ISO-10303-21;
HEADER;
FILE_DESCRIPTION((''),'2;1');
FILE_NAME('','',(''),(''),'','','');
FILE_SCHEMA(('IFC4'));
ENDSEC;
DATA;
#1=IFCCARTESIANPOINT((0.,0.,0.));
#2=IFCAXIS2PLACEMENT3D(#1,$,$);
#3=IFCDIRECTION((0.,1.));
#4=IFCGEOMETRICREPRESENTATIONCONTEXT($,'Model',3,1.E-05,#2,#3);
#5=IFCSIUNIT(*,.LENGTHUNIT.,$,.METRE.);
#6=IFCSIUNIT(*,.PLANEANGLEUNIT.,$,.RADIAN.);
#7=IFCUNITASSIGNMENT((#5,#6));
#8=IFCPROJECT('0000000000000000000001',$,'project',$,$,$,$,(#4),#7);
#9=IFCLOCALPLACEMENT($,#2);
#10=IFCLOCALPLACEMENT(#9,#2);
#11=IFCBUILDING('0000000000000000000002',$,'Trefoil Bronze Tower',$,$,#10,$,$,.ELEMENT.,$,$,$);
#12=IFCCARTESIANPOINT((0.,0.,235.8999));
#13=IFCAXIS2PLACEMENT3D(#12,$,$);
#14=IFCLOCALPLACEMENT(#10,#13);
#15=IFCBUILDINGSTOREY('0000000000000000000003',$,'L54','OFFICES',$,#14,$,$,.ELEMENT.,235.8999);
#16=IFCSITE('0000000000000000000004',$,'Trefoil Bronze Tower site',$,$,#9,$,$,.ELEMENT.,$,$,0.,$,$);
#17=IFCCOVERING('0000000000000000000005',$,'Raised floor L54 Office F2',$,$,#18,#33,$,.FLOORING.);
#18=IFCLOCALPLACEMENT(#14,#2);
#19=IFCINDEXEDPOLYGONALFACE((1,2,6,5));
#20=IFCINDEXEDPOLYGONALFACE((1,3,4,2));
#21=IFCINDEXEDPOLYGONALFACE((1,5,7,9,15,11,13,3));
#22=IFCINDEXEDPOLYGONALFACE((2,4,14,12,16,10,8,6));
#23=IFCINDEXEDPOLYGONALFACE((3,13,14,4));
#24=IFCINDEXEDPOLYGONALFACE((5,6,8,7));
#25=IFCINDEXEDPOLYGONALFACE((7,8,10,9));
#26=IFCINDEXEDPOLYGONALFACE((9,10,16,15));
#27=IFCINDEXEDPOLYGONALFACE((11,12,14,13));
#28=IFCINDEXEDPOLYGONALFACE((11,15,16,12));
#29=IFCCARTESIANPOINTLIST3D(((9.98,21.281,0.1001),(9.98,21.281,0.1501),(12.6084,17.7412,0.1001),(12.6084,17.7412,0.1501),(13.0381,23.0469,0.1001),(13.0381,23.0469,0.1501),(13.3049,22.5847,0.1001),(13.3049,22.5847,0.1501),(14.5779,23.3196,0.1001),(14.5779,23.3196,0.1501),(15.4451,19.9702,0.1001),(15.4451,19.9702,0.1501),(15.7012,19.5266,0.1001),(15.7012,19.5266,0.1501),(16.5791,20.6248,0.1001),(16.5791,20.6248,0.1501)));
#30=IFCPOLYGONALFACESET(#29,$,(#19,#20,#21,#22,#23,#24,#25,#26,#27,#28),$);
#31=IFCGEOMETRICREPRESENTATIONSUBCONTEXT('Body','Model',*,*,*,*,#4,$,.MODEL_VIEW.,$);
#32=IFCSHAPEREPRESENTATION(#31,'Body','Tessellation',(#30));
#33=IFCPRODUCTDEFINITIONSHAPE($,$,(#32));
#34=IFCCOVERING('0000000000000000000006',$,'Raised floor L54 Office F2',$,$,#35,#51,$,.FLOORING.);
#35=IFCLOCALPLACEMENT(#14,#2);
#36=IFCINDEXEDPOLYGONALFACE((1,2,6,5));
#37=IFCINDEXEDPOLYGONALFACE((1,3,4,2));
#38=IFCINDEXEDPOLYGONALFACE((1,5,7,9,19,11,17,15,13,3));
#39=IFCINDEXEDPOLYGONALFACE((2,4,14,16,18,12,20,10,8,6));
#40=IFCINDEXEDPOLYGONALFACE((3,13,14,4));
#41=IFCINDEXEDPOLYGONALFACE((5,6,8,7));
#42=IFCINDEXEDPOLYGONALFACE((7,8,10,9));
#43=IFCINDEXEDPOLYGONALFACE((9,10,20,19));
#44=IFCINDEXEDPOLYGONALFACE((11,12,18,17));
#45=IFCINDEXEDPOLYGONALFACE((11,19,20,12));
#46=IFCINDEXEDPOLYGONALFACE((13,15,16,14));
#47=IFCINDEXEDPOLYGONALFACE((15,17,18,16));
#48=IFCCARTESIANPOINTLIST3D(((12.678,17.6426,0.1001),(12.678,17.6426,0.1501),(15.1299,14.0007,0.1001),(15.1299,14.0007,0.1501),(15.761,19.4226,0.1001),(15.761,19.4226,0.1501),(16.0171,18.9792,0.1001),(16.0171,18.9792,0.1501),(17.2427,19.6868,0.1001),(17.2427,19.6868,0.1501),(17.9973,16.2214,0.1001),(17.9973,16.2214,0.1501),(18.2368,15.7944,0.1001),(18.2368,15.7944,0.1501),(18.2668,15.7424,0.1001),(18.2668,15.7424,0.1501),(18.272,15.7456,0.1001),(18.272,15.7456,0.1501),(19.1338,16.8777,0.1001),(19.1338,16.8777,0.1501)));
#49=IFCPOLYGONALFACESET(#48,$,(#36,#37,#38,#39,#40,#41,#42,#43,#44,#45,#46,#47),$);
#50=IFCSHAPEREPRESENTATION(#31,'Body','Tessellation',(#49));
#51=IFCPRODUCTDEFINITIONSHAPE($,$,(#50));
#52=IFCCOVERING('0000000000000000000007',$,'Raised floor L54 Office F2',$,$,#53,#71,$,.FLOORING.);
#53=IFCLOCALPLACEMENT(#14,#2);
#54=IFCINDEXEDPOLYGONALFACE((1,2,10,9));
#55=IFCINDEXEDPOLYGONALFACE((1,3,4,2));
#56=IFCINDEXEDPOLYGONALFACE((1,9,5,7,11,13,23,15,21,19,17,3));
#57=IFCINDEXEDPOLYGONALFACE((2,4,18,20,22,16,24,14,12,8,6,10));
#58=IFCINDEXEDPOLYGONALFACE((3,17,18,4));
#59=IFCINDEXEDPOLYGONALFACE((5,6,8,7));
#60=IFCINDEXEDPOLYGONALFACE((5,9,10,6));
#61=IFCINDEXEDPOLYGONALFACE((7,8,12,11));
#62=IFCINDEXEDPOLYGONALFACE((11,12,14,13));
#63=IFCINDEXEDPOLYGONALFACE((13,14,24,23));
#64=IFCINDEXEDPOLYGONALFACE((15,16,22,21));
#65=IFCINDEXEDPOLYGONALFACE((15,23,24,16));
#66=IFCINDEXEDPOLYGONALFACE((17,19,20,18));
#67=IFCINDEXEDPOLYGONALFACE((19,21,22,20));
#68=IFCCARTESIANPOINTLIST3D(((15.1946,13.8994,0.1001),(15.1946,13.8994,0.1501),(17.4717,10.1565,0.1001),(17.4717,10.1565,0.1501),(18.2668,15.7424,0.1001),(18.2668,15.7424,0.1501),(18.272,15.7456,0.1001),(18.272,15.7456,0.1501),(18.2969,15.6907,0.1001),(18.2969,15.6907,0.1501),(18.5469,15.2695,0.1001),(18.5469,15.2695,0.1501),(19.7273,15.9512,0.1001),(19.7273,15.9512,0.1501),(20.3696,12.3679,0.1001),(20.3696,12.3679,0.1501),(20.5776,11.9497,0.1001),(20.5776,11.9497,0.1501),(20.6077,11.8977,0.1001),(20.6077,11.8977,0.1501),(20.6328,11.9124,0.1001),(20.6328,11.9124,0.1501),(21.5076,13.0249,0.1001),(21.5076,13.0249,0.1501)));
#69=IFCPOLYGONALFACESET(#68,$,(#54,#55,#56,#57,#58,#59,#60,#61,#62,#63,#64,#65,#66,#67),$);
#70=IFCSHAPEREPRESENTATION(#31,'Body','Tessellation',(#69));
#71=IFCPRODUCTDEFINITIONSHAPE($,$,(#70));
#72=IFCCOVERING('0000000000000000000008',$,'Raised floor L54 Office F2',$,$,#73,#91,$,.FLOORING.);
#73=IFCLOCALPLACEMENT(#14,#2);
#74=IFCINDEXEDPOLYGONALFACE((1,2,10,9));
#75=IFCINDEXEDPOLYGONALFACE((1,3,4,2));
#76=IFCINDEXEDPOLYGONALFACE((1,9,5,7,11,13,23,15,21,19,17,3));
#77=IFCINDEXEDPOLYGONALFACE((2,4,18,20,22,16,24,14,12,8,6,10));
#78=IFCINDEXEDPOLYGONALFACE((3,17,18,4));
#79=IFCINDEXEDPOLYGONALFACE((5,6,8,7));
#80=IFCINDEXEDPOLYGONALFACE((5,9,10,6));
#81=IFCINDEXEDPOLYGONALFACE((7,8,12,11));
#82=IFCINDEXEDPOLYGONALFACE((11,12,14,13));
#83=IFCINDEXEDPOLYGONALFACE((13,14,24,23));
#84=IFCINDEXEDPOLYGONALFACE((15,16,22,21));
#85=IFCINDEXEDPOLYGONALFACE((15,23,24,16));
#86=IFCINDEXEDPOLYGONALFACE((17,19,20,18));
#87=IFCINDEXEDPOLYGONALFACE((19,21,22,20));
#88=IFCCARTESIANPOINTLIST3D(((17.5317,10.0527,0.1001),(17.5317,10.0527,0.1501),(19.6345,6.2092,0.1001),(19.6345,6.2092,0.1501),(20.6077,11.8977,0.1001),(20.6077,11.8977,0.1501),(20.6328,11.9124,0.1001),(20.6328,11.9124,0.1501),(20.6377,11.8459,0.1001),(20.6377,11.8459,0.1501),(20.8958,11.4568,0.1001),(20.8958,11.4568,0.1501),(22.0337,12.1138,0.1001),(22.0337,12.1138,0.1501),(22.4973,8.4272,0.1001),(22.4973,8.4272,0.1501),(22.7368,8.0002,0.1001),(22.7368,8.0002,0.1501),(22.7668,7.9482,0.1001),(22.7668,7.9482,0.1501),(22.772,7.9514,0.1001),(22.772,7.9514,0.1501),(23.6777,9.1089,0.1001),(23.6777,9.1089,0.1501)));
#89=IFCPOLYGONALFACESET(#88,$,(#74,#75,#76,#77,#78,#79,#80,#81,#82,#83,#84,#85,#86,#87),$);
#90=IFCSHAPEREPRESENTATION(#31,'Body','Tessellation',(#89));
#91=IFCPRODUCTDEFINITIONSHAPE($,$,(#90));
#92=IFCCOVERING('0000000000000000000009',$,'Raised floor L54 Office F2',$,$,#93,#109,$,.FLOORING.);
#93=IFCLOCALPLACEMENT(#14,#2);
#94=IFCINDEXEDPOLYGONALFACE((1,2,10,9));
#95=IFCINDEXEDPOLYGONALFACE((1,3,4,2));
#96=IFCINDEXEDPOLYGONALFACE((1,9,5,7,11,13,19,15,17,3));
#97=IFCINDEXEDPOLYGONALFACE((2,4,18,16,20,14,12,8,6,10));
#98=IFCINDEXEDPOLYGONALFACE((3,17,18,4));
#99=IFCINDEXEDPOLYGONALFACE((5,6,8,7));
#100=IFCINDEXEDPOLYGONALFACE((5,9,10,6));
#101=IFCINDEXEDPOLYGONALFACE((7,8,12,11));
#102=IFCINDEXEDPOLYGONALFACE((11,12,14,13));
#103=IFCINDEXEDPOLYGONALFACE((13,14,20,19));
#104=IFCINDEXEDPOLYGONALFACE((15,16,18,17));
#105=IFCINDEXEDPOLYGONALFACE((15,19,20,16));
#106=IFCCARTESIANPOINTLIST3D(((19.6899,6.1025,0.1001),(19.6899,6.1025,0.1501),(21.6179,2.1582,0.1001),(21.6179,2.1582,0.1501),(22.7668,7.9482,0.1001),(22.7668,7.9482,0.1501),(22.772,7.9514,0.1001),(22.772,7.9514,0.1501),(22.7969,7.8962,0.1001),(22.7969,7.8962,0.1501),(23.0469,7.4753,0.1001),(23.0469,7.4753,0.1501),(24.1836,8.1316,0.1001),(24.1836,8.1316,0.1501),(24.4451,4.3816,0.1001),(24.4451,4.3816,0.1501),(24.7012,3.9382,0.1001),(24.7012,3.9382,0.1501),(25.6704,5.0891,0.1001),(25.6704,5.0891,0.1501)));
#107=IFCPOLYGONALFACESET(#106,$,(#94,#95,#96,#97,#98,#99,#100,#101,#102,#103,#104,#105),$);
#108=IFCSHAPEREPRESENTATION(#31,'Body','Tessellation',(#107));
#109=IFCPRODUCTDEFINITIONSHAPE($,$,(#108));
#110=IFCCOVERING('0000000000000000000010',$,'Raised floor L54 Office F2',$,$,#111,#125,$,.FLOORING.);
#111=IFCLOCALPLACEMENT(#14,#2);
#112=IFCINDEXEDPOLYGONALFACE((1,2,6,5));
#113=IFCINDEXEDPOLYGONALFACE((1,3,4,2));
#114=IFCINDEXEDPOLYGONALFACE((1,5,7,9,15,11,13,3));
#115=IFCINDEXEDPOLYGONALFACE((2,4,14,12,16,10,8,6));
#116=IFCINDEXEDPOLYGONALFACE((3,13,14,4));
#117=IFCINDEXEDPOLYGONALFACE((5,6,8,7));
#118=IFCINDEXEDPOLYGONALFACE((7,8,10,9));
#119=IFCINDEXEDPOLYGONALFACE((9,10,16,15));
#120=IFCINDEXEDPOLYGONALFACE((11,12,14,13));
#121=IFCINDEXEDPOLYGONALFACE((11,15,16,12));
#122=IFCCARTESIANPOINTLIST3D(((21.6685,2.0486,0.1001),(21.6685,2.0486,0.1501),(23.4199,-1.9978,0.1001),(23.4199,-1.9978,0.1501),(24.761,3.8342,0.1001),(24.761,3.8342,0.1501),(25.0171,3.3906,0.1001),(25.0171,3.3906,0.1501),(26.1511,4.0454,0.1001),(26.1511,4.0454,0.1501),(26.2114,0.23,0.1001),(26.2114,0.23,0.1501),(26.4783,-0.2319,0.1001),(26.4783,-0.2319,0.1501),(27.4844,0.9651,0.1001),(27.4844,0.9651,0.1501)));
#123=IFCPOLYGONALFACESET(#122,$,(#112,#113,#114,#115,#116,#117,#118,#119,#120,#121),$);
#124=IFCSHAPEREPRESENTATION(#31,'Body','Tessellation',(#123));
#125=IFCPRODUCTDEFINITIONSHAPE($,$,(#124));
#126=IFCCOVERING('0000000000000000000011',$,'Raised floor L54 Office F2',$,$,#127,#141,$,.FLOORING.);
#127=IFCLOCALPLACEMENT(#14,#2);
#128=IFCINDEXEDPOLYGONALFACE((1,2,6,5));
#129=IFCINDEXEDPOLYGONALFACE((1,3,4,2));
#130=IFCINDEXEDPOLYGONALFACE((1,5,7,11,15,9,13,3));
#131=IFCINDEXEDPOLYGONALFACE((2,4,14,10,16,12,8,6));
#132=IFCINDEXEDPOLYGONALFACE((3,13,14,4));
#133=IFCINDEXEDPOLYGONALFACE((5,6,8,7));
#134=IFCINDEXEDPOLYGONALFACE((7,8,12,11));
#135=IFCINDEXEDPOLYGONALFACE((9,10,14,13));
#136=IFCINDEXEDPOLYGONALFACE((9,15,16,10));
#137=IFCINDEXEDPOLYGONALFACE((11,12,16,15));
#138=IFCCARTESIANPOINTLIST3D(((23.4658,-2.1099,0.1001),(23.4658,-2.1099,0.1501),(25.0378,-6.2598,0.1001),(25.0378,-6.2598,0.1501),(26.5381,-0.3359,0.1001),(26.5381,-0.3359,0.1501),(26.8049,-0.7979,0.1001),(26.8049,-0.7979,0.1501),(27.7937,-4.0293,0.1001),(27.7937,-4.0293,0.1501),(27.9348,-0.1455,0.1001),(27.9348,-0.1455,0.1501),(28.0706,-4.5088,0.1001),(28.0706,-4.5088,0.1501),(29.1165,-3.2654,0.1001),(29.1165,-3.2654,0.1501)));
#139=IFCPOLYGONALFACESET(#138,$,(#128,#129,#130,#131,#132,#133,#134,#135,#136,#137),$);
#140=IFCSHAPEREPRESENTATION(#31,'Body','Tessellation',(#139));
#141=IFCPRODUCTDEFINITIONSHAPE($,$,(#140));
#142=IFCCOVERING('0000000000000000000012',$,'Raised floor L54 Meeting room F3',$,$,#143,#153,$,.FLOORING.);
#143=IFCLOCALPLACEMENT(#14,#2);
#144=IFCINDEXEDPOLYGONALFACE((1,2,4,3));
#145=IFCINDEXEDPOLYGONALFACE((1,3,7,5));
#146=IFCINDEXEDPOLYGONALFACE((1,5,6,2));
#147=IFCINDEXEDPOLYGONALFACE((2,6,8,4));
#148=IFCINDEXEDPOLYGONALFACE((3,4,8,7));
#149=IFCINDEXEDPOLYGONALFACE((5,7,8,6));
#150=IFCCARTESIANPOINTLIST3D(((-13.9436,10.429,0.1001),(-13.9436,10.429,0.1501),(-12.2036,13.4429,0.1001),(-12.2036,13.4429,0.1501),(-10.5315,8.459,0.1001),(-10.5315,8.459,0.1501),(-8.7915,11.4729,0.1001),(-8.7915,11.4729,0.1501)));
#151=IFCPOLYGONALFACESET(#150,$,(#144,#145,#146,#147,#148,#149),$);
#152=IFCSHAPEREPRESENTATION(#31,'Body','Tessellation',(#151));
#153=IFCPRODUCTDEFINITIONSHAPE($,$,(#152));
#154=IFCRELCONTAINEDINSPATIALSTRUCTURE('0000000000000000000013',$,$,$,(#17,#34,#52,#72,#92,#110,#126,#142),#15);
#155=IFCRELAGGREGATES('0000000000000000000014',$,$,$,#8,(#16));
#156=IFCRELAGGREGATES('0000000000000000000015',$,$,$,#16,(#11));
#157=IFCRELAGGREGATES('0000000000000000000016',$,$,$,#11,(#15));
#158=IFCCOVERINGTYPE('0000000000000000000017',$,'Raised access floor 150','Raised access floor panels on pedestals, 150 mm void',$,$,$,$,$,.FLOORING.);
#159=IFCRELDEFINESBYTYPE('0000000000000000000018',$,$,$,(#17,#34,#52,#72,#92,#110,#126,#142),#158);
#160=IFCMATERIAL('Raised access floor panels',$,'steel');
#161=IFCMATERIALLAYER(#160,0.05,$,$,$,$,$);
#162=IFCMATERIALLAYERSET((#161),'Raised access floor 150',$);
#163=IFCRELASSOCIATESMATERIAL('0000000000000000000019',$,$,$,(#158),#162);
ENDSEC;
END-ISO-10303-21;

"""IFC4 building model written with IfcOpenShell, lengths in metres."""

from ifc_helpers import new_model, si_unit, direction, frame, origin, place, context, subcontext, project, spatial, polyline, outline, extrude, material, layer, layer_set, type_object, element, save


model = new_model("IFC4")

# Units and contexts
model_context = context("Model", 3, precision=1e-05, world=origin(), true_north=direction((0.0, 1.0)))
body_context = subcontext(model_context, "Body", "Model", "MODEL_VIEW")
ifc_project = project(units=[si_unit("LENGTHUNIT", "METRE"), si_unit("PLANEANGLEUNIT", "RADIAN")], contexts=[model_context])

# Site, building, storey
site_placement = place(None, origin())
site = spatial("IfcSite", under=ifc_project, at=site_placement, Name="Trefoil Bronze Tower site", CompositionType="ELEMENT", RefElevation=0.0)
building_placement = place(site_placement, origin())
building = spatial("IfcBuilding", under=site, at=building_placement, Name="Trefoil Bronze Tower", CompositionType="ELEMENT")
storey_placement = place(building_placement, frame((0.0, 0.0, 235.8999)))
storey = spatial("IfcBuildingStorey", under=building, at=storey_placement, Name="L54", Description="OFFICES", CompositionType="ELEMENT", Elevation=235.8999)

# Coverings
ifc_material_1 = material(Name="Raised access floor panels", Category="steel")
ifc_layer_1 = layer(ifc_material_1, 0.05)
ifc_layer_set_1 = layer_set([ifc_layer_1], Name="Raised access floor 150")
covering_type_1 = type_object("IfcCoveringType", Name="Raised access floor 150", Description="Raised access floor panels on pedestals, 150 mm void", PredefinedType="FLOORING", material=ifc_layer_set_1)
covering_1_placement = place(storey_placement, frame((0.0, 0.0, 0.1001)))
element("IfcCovering", 1, at=covering_1_placement, inside=storey, type_object=covering_type_1, Name="Raised floor L54 Office F2", PredefinedType="FLOORING", context=body_context, shape_type="SweptSolid", body=[
    extrude(outline(polyline([(16.5791, 20.6248), (15.4451, 19.9702), (15.7012, 19.5266), (12.6084, 17.7412), (9.98, 21.281), (13.0381, 23.0469), (13.3049, 22.5847), (14.5779, 23.3196), (16.5791, 20.6248)])), origin(), (0.0, 0.0, 1.0), 0.05),
])
covering_2_placement = place(storey_placement, frame((0.0, 0.0, 0.1001)))
element("IfcCovering", 2, at=covering_2_placement, inside=storey, type_object=covering_type_1, Name="Raised floor L54 Office F2", PredefinedType="FLOORING", context=body_context, shape_type="SweptSolid", body=[
    extrude(outline(polyline([(19.1338, 16.8777), (17.9973, 16.2214), (18.272, 15.7456), (18.2668, 15.7424), (18.2368, 15.7944), (15.1299, 14.0007), (12.678, 17.6426), (15.761, 19.4226), (16.0171, 18.9792), (17.2427, 19.6868), (19.1338, 16.8777)])), origin(), (0.0, 0.0, 1.0), 0.05),
])
covering_3_placement = place(storey_placement, frame((0.0, 0.0, 0.1001)))
element("IfcCovering", 3, at=covering_3_placement, inside=storey, type_object=covering_type_1, Name="Raised floor L54 Office F2", PredefinedType="FLOORING", context=body_context, shape_type="SweptSolid", body=[
    extrude(outline(polyline([(20.6077, 11.8977), (20.5776, 11.9497), (17.4717, 10.1565), (15.1946, 13.8994), (18.2969, 15.6907), (18.2668, 15.7424), (18.272, 15.7456), (18.5469, 15.2695), (19.7273, 15.9512), (21.5076, 13.0249), (20.3696, 12.3679), (20.6328, 11.9124), (20.6077, 11.8977)])), origin(), (0.0, 0.0, 1.0), 0.05),
])
covering_4_placement = place(storey_placement, frame((0.0, 0.0, 0.1001)))
element("IfcCovering", 4, at=covering_4_placement, inside=storey, type_object=covering_type_1, Name="Raised floor L54 Office F2", PredefinedType="FLOORING", context=body_context, shape_type="SweptSolid", body=[
    extrude(outline(polyline([(22.7668, 7.9482), (22.7368, 8.0002), (19.6345, 6.2092), (17.5317, 10.0527), (20.6377, 11.8459), (20.6077, 11.8977), (20.6328, 11.9124), (20.8958, 11.4568), (22.0337, 12.1138), (23.6777, 9.1089), (22.4973, 8.4272), (22.772, 7.9514), (22.7668, 7.9482)])), origin(), (0.0, 0.0, 1.0), 0.05),
])
covering_5_placement = place(storey_placement, frame((0.0, 0.0, 0.1001)))
element("IfcCovering", 5, at=covering_5_placement, inside=storey, type_object=covering_type_1, Name="Raised floor L54 Office F2", PredefinedType="FLOORING", context=body_context, shape_type="SweptSolid", body=[
    extrude(outline(polyline([(24.7012, 3.9382), (21.6179, 2.1582), (19.6899, 6.1025), (22.7969, 7.8962), (22.7668, 7.9482), (22.772, 7.9514), (23.0469, 7.4753), (24.1836, 8.1316), (25.6704, 5.0891), (24.4451, 4.3816), (24.7012, 3.9382)])), origin(), (0.0, 0.0, 1.0), 0.05),
])
covering_6_placement = place(storey_placement, frame((0.0, 0.0, 0.1001)))
element("IfcCovering", 6, at=covering_6_placement, inside=storey, type_object=covering_type_1, Name="Raised floor L54 Office F2", PredefinedType="FLOORING", context=body_context, shape_type="SweptSolid", body=[
    extrude(outline(polyline([(26.4783, -0.2319), (23.4199, -1.9978), (21.6685, 2.0486), (24.761, 3.8342), (25.0171, 3.3906), (26.1511, 4.0454), (27.4844, 0.9651), (26.2114, 0.23), (26.4783, -0.2319)])), origin(), (0.0, 0.0, 1.0), 0.05),
])
covering_7_placement = place(storey_placement, frame((0.0, 0.0, 0.1001)))
element("IfcCovering", 7, at=covering_7_placement, inside=storey, type_object=covering_type_1, Name="Raised floor L54 Office F2", PredefinedType="FLOORING", context=body_context, shape_type="SweptSolid", body=[
    extrude(outline(polyline([(28.0706, -4.5088), (25.0378, -6.2598), (23.4658, -2.1099), (26.5381, -0.3359), (26.8049, -0.7979), (27.9348, -0.1455), (29.1165, -3.2654), (27.7937, -4.0293), (28.0706, -4.5088)])), origin(), (0.0, 0.0, 1.0), 0.05),
])
covering_8_placement = place(storey_placement, frame((0.0, 0.0, 0.1001)))
element("IfcCovering", 8, at=covering_8_placement, inside=storey, type_object=covering_type_1, Name="Raised floor L54 Meeting room F3", PredefinedType="FLOORING", context=body_context, shape_type="SweptSolid", body=[
    extrude(outline(polyline([(-10.5315, 8.459), (-13.9436, 10.429), (-12.2036, 13.4429), (-8.7915, 11.4729), (-10.5315, 8.459)])), origin(), (0.0, 0.0, 1.0), 0.05),
])

save(model, "model.ifc")
